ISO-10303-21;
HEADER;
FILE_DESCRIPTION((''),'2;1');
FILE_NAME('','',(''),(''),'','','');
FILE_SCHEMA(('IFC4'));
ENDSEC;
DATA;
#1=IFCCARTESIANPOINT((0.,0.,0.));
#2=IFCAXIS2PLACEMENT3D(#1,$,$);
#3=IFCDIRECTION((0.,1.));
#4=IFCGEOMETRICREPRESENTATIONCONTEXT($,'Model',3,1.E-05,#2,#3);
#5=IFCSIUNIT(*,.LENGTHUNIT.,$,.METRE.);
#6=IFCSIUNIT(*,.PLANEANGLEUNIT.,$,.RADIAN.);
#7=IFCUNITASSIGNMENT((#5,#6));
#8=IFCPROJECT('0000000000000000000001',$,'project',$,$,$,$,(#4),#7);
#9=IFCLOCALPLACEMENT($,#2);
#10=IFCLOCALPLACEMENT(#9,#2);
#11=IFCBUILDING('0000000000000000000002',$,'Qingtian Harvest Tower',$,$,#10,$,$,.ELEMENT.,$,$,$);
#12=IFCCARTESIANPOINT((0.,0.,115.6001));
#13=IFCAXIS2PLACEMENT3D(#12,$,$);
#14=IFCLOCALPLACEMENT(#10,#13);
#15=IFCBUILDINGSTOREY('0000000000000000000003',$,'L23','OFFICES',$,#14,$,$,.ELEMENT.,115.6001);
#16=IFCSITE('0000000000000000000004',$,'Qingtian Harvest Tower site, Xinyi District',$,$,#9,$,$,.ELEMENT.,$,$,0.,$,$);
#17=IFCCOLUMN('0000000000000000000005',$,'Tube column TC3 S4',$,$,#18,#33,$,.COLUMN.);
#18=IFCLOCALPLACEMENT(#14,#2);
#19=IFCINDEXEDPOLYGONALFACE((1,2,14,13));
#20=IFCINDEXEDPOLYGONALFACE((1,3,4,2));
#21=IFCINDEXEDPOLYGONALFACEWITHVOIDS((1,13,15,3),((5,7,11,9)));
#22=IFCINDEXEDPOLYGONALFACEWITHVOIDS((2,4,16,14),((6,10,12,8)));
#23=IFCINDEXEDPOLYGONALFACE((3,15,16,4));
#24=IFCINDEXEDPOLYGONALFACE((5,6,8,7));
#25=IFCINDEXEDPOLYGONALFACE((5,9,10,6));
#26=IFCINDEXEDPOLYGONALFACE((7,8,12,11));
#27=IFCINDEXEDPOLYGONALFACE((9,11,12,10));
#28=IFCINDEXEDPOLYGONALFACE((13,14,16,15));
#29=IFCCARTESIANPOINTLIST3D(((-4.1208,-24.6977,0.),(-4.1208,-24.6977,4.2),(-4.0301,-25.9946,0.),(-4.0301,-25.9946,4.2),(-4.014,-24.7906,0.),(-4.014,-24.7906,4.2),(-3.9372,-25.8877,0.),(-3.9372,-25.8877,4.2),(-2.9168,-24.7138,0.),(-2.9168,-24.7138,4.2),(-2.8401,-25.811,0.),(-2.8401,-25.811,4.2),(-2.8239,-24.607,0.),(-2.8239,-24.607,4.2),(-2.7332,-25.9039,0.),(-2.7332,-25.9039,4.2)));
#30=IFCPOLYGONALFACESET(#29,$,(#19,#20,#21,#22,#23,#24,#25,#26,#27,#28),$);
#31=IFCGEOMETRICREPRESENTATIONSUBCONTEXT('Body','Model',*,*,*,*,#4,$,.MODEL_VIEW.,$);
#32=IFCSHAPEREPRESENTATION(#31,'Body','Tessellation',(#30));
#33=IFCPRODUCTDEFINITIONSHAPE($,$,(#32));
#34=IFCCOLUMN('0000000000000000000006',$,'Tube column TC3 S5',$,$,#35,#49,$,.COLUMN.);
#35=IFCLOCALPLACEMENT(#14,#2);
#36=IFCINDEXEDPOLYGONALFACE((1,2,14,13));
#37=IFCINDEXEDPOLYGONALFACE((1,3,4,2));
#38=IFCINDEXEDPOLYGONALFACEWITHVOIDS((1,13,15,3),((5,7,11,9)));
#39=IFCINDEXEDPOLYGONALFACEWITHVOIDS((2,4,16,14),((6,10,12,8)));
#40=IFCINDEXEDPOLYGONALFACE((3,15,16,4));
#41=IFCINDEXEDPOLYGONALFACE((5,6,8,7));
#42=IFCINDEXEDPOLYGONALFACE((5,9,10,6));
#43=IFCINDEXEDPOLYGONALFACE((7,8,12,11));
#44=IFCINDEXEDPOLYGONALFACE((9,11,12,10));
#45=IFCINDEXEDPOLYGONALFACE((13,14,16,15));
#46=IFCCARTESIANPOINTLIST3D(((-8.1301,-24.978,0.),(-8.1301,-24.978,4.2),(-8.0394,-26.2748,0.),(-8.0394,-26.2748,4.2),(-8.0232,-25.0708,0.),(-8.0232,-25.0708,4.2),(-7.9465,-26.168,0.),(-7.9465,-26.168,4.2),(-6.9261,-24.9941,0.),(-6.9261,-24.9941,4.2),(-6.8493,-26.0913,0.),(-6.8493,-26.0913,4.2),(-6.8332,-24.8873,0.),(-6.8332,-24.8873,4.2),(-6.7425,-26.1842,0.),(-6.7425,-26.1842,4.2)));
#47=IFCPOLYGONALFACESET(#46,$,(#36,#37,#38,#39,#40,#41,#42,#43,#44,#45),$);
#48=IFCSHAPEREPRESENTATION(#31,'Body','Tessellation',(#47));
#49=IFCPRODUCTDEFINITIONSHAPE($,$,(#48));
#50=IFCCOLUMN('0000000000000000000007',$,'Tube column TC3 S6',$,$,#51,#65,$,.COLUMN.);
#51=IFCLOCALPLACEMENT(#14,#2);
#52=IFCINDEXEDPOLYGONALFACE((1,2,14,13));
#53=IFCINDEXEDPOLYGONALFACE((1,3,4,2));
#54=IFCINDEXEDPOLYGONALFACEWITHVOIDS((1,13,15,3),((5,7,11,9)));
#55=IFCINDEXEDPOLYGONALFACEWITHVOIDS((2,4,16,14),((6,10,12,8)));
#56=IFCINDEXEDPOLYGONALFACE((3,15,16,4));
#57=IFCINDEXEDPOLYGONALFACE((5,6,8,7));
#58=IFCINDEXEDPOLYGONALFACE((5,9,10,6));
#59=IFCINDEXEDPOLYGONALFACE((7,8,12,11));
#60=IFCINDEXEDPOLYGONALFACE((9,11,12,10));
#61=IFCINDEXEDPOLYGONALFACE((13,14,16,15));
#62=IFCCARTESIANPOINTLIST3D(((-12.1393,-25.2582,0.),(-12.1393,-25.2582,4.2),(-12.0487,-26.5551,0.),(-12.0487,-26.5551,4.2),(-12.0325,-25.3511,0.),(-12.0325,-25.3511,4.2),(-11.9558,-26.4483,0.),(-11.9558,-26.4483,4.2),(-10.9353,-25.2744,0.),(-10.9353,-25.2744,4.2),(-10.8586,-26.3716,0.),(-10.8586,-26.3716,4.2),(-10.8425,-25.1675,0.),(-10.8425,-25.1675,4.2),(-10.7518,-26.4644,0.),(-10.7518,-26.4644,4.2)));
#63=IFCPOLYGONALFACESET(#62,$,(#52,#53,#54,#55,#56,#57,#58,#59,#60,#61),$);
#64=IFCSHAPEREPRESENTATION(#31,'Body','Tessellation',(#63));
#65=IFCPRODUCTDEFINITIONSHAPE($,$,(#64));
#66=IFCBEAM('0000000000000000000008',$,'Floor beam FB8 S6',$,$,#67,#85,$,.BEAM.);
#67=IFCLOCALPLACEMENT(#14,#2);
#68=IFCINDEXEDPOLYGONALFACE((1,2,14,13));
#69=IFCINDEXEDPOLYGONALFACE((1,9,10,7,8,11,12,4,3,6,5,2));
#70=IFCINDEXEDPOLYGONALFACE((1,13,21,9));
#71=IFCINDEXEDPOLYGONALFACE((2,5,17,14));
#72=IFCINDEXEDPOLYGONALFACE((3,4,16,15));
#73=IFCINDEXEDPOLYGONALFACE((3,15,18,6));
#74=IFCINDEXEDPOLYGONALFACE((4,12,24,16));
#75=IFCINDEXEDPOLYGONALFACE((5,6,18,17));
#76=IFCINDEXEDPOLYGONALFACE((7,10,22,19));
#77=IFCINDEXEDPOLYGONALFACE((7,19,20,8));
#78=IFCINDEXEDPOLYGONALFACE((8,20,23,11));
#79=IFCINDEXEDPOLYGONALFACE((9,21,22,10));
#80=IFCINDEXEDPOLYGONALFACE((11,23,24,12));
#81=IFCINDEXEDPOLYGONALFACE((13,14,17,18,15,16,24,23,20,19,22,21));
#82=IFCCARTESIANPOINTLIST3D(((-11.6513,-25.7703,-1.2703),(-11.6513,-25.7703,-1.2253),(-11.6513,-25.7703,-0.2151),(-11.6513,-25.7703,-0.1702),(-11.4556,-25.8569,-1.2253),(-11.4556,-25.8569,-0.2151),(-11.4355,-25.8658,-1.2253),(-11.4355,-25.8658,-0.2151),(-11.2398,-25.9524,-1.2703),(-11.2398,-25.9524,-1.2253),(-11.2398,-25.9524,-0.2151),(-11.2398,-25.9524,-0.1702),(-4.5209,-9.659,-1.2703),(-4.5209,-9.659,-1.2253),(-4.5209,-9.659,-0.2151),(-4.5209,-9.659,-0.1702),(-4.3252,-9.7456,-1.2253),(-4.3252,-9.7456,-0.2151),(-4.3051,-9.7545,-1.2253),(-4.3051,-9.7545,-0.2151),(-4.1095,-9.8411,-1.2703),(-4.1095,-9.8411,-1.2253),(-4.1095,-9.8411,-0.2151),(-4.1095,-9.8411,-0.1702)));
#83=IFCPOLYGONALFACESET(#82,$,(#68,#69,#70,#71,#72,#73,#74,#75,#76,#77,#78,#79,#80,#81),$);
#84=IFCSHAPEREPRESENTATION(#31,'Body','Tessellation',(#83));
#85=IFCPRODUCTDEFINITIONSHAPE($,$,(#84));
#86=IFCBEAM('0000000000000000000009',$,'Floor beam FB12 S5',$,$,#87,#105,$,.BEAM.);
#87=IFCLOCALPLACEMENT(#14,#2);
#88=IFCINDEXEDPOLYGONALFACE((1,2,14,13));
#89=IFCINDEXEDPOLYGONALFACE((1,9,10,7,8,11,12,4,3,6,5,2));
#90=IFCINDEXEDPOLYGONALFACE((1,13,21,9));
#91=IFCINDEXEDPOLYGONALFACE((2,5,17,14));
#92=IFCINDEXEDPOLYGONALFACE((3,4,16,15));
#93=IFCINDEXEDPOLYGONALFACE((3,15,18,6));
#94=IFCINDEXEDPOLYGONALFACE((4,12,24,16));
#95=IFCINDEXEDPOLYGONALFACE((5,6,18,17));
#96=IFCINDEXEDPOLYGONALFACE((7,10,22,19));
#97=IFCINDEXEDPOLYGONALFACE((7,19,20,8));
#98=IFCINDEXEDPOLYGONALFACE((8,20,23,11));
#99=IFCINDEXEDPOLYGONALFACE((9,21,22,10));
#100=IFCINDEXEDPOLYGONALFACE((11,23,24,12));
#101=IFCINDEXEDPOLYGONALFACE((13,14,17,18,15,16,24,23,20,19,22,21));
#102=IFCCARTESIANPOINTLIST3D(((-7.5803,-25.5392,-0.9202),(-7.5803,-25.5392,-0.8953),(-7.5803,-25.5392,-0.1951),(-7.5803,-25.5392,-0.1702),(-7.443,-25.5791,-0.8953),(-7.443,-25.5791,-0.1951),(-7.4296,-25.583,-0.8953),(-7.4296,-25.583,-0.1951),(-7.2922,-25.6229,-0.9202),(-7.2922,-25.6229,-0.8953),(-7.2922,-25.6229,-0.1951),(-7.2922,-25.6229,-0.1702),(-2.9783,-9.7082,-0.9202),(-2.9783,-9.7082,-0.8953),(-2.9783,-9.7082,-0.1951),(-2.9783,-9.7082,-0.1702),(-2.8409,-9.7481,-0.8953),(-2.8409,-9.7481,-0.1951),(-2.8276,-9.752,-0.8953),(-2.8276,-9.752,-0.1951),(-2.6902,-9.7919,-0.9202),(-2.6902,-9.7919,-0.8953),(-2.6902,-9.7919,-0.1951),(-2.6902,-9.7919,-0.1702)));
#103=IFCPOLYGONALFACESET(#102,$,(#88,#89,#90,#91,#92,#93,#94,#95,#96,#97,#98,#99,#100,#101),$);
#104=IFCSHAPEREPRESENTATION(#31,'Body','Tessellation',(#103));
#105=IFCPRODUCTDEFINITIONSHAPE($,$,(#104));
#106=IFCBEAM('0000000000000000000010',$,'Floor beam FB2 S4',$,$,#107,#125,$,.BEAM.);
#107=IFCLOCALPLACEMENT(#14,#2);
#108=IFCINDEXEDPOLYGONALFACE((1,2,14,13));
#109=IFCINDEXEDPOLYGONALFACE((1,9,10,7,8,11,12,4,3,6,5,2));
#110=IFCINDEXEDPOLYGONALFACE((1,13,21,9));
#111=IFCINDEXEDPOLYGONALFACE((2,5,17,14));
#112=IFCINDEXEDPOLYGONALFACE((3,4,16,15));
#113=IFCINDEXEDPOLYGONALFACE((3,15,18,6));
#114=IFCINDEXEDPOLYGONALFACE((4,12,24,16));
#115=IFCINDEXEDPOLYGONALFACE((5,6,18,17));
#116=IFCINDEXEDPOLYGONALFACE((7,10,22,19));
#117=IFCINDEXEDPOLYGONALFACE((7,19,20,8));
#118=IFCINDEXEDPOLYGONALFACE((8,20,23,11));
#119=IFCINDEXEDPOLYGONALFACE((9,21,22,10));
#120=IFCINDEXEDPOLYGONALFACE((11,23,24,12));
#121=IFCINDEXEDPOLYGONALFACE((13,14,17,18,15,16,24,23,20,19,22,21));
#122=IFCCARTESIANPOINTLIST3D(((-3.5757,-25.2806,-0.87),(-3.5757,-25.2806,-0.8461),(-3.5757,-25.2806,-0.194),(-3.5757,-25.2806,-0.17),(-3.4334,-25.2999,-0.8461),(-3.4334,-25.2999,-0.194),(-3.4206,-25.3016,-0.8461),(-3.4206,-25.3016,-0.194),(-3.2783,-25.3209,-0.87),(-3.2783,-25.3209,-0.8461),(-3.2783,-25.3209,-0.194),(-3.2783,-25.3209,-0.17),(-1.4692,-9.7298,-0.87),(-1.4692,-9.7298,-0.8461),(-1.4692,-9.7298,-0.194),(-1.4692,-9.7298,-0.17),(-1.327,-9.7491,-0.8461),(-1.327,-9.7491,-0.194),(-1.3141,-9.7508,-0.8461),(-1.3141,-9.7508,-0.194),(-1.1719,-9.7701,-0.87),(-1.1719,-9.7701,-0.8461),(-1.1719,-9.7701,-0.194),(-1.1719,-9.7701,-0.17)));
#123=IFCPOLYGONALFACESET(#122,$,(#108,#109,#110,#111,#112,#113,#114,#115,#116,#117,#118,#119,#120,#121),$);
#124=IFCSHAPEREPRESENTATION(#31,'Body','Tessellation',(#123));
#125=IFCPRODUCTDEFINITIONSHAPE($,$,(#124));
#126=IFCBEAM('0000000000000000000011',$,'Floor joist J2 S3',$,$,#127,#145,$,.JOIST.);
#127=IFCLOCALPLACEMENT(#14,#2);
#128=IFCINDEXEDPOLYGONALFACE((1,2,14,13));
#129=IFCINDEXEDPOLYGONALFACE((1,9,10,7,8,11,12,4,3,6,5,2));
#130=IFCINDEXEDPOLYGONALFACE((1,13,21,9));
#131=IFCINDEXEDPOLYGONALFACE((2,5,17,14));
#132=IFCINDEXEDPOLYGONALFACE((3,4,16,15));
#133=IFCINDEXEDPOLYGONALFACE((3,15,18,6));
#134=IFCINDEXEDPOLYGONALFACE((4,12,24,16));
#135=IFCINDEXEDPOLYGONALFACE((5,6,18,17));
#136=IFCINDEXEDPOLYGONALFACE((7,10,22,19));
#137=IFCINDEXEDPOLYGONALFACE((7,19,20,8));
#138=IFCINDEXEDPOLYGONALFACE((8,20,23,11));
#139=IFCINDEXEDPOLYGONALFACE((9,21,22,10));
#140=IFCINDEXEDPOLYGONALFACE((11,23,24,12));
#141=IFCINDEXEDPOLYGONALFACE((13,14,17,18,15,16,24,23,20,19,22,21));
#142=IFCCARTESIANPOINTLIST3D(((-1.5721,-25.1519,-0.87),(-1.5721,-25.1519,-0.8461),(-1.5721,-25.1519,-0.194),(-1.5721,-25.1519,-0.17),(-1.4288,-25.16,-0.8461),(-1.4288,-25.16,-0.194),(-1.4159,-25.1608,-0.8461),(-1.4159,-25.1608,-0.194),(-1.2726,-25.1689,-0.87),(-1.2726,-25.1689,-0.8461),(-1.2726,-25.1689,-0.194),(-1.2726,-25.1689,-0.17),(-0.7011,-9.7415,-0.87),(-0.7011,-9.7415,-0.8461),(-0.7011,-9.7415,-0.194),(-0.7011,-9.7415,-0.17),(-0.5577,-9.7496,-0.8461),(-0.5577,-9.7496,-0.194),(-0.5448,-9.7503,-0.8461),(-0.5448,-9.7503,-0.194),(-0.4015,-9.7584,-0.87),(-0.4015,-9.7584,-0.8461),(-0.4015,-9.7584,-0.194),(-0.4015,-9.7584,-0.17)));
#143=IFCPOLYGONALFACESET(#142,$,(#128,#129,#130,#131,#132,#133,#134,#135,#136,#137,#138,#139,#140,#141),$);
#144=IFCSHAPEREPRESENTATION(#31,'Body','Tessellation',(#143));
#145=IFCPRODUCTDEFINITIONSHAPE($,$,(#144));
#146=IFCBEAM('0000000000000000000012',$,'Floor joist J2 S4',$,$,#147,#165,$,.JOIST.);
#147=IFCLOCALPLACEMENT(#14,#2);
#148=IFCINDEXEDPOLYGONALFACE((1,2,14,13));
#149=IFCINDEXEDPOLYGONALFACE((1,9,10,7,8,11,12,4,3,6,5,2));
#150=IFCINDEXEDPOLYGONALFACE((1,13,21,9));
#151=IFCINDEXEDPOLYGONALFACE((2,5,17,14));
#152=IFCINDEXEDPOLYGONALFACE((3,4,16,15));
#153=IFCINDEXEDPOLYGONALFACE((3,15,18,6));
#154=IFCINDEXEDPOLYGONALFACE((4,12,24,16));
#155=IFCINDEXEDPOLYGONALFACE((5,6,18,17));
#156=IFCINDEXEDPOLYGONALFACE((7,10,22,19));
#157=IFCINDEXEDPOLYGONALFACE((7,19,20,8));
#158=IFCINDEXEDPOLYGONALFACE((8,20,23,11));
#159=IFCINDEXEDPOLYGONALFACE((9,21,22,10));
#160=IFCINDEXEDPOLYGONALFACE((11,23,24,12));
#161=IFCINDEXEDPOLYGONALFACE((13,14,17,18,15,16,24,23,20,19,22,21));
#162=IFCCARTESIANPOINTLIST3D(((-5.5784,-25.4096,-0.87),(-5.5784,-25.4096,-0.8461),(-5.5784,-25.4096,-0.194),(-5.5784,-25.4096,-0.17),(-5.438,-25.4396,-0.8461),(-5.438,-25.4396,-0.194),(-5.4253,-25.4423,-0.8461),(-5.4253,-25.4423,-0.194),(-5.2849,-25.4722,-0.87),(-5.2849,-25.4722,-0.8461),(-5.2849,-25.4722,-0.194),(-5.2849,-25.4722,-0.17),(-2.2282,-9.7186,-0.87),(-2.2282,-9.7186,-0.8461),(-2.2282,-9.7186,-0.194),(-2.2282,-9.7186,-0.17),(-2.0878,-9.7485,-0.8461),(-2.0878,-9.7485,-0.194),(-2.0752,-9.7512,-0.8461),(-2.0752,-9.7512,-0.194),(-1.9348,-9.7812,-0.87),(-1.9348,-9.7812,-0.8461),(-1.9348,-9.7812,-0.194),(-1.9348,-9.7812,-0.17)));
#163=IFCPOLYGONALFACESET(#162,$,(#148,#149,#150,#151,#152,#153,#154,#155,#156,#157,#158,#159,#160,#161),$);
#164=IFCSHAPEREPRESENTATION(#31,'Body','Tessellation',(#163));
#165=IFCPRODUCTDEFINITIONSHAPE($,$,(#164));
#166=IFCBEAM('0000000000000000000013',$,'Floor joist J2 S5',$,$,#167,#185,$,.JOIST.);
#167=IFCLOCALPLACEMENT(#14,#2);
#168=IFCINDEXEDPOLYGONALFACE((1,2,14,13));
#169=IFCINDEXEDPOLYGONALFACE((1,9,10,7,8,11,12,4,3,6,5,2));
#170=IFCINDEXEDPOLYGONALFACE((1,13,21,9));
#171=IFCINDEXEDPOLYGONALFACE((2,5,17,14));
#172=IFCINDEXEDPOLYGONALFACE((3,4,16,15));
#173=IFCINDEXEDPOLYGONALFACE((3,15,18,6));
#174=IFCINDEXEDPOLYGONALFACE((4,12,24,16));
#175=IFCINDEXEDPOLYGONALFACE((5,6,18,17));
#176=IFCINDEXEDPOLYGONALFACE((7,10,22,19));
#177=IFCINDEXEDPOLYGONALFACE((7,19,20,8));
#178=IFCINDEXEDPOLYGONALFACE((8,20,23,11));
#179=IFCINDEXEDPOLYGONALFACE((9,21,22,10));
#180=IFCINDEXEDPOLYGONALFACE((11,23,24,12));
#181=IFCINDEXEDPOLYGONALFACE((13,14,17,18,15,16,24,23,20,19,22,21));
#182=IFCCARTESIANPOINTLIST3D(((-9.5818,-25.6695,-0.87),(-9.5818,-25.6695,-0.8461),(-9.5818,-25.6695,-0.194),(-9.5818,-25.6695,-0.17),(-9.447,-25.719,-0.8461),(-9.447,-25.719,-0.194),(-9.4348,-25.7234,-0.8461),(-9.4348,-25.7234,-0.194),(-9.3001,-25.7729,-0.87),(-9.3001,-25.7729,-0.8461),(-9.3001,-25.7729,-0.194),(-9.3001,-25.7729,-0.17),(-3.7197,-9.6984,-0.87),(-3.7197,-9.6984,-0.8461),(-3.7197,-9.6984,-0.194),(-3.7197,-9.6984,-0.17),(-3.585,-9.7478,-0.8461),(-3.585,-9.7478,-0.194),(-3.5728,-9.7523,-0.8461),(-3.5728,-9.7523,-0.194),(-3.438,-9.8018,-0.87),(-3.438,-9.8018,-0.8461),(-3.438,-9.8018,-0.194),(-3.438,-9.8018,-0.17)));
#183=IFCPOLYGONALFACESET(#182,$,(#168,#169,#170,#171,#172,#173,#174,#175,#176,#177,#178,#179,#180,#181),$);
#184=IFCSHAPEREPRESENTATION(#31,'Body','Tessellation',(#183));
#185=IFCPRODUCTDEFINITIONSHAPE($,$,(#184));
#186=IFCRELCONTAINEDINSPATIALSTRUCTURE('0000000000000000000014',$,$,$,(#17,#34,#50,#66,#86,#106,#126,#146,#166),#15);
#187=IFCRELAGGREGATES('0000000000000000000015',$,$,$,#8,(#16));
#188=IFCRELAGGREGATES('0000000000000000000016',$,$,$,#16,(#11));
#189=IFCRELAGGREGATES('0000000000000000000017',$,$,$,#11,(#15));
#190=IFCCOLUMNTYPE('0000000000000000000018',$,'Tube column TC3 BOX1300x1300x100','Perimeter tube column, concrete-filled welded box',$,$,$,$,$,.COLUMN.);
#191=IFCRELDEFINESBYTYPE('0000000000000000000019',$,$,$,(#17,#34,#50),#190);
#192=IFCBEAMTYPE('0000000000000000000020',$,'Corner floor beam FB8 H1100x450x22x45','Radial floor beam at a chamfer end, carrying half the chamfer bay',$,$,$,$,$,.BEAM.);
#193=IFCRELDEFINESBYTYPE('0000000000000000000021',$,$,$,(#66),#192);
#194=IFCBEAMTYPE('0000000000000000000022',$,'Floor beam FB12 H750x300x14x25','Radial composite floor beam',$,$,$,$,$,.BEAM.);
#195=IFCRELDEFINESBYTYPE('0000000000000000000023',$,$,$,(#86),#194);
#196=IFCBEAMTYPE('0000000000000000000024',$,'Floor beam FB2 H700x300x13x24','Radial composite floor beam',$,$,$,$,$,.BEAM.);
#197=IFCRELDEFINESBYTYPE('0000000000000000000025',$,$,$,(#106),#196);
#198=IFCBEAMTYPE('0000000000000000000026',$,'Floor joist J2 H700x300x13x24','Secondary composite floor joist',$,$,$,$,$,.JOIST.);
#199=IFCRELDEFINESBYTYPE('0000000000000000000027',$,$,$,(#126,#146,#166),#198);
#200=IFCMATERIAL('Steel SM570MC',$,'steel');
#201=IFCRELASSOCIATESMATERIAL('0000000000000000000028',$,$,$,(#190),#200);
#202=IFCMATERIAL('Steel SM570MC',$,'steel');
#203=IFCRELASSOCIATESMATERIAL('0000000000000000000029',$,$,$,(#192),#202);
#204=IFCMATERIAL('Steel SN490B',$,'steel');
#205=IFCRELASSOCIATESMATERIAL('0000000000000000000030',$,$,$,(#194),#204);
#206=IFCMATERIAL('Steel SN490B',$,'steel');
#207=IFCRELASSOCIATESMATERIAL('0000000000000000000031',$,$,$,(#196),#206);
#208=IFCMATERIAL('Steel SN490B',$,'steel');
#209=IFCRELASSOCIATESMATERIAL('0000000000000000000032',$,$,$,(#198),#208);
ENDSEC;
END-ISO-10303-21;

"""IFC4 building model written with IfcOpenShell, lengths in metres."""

from ifc_helpers import new_model, si_unit, direction, frame, origin, origin_2d, place, context, subcontext, project, spatial, hollow_rectangle, i_section, extrude, material, material_profile, profile_set, type_object, element, save


model = new_model("IFC4")

# Units and contexts
model_context = context("Model", 3, precision=1e-05, world=origin(), true_north=direction((0.0, 1.0)))
body_context = subcontext(model_context, "Body", "Model", "MODEL_VIEW")
ifc_project = project(units=[si_unit("LENGTHUNIT", "METRE"), si_unit("PLANEANGLEUNIT", "RADIAN")], contexts=[model_context])

# Site, building, storey
site_placement = place(None, origin())
site = spatial("IfcSite", under=ifc_project, at=site_placement, Name="Qingtian Harvest Tower site, Xinyi District", CompositionType="ELEMENT", RefElevation=0.0)
building_placement = place(site_placement, origin())
building = spatial("IfcBuilding", under=site, at=building_placement, Name="Qingtian Harvest Tower", CompositionType="ELEMENT")
storey_placement = place(building_placement, frame((0.0, 0.0, 115.6001)))
storey = spatial("IfcBuildingStorey", under=building, at=storey_placement, Name="L23", Description="OFFICES", CompositionType="ELEMENT", Elevation=115.6001)

# Columns
ifc_material_1 = material(Name="Steel SM570MC", Category="steel")
ifc_material_profile_1 = material_profile(ifc_material_1, hollow_rectangle(XDim=1.3, YDim=1.3, WallThickness=0.1001, at=origin_2d()), Name="BOX1300x1300x100")
ifc_profile_set_1 = profile_set([ifc_material_profile_1], Name="Steel SM570MC")
column_type = type_object("IfcColumnType", Name="Tube column TC3 BOX1300x1300x100", Description="Perimeter tube column, concrete-filled welded box", PredefinedType="COLUMN", material=ifc_profile_set_1)
for number, where, z_axis, x_axis, name in (
    (1, (-3.427, -25.3008, 0.0), (0.0, 0.0, 1.0), (0.997564, 0.069756, 0.0), "Tube column TC3 S4"),
    (2, (-7.4363, -25.5811, 0.0), (0.0, 0.0, 1.0), (0.997564, 0.069756, 0.0), "Tube column TC3 S5"),
    (3, (-11.4456, -25.8613, 0.0), (0.0, 0.0, 1.0), (0.997564, 0.069756, 0.0), "Tube column TC3 S6"),
):
    element("IfcColumn", number, at=place(storey_placement, frame(where, z_axis=z_axis, x_axis=x_axis)), inside=storey, type_object=column_type, Name=name, PredefinedType="COLUMN", context=body_context, shape_type="SweptSolid", body=[
        extrude(hollow_rectangle(XDim=1.3, YDim=1.3, WallThickness=0.1001, at=origin_2d()), origin(), (0.0, 0.0, 1.0), 4.2),
    ])

# Beams
ifc_material_2 = material(Name="Steel SM570MC", Category="steel")
ifc_material_profile_2 = material_profile(ifc_material_2, i_section(OverallWidth=0.45, OverallDepth=1.1001, WebThickness=0.022, FlangeThickness=0.0449, at=origin_2d()), Name="H1100x450x22x45")
ifc_profile_set_2 = profile_set([ifc_material_profile_2], Name="Steel SM570MC")
beam_type_1 = type_object("IfcBeamType", Name="Corner floor beam FB8 H1100x450x22x45", Description="Radial floor beam at a chamfer end, carrying half the chamfer bay", PredefinedType="BEAM", material=ifc_profile_set_2)
beam_1_placement = place(storey_placement, frame((-11.4456, -25.8613, -0.7202), z_axis=(0.404706, 0.914447, 0.0), x_axis=(-0.914447, 0.404706, 0.0)))
element("IfcBeam", 4, at=beam_1_placement, inside=storey, type_object=beam_type_1, Name="Floor beam FB8 S6", PredefinedType="BEAM", context=body_context, shape_type="SweptSolid", body=[
    extrude(i_section(OverallWidth=0.45, OverallDepth=1.1001, WebThickness=0.022, FlangeThickness=0.0449, at=origin_2d()), origin(), (0.0, 0.0, 1.0), 17.6187),
])
ifc_material_3 = material(Name="Steel SN490B", Category="steel")
ifc_material_profile_3 = material_profile(ifc_material_3, i_section(OverallWidth=0.3, OverallDepth=0.75, WebThickness=0.0139, FlangeThickness=0.0249, at=origin_2d()), Name="H750x300x14x25")
ifc_profile_set_3 = profile_set([ifc_material_profile_3], Name="Steel SN490B")
beam_type_2 = type_object("IfcBeamType", Name="Floor beam FB12 H750x300x14x25", Description="Radial composite floor beam", PredefinedType="BEAM", material=ifc_profile_set_3)
beam_2_placement = place(storey_placement, frame((-7.4363, -25.5811, -0.5452), z_axis=(0.279142, 0.96025, 0.0), x_axis=(-0.96025, 0.279142, 0.0)))
element("IfcBeam", 5, at=beam_2_placement, inside=storey, type_object=beam_type_2, Name="Floor beam FB12 S5", PredefinedType="BEAM", context=body_context, shape_type="SweptSolid", body=[
    extrude(i_section(OverallWidth=0.3, OverallDepth=0.75, WebThickness=0.0139, FlangeThickness=0.0249, at=origin_2d()), origin(), (0.0, 0.0, 1.0), 16.4863),
])
ifc_material_4 = material(Name="Steel SN490B", Category="steel")
ifc_material_profile_4 = material_profile(ifc_material_4, i_section(OverallWidth=0.3, OverallDepth=0.7, WebThickness=0.0129, FlangeThickness=0.0239, at=origin_2d()), Name="H700x300x13x24")
ifc_profile_set_4 = profile_set([ifc_material_profile_4], Name="Steel SN490B")
beam_type_3 = type_object("IfcBeamType", Name="Floor beam FB2 H700x300x13x24", Description="Radial composite floor beam", PredefinedType="BEAM", material=ifc_profile_set_4)
beam_3_placement = place(storey_placement, frame((-3.427, -25.3008, -0.52), z_axis=(0.13423, 0.99095, 0.0), x_axis=(-0.99095, 0.13423, 0.0)))
element("IfcBeam", 6, at=beam_3_placement, inside=storey, type_object=beam_type_3, Name="Floor beam FB2 S4", PredefinedType="BEAM", context=body_context, shape_type="SweptSolid", body=[
    extrude(i_section(OverallWidth=0.3, OverallDepth=0.7, WebThickness=0.0129, FlangeThickness=0.0239, at=origin_2d()), origin(), (0.0, 0.0, 1.0), 15.6929),
])
ifc_material_5 = material(Name="Steel SN490B", Category="steel")
ifc_material_profile_5 = material_profile(ifc_material_5, i_section(OverallWidth=0.3, OverallDepth=0.7, WebThickness=0.0129, FlangeThickness=0.0239, at=origin_2d()), Name="H700x300x13x24")
ifc_profile_set_5 = profile_set([ifc_material_profile_5], Name="Steel SN490B")
beam_type_4 = type_object("IfcBeamType", Name="Floor joist J2 H700x300x13x24", Description="Secondary composite floor joist", PredefinedType="JOIST", material=ifc_profile_set_5)
beam_4_placement = place(storey_placement, frame((-1.4224, -25.1604, -0.52), z_axis=(0.056436, 0.998406, 0.0), x_axis=(-0.998406, 0.056436, 0.0)))
element("IfcBeam", 7, at=beam_4_placement, inside=storey, type_object=beam_type_4, Name="Floor joist J2 S3", PredefinedType="JOIST", context=body_context, shape_type="SweptSolid", body=[
    extrude(i_section(OverallWidth=0.3, OverallDepth=0.7, WebThickness=0.0129, FlangeThickness=0.0239, at=origin_2d()), origin(), (0.0, 0.0, 1.0), 15.4351),
])
beam_5_placement = place(storey_placement, frame((-5.4316, -25.4409, -0.52), z_axis=(0.2088, 0.977958, 0.0), x_axis=(-0.977958, 0.2088, 0.0)))
element("IfcBeam", 8, at=beam_5_placement, inside=storey, type_object=beam_type_4, Name="Floor joist J2 S4", PredefinedType="JOIST", context=body_context, shape_type="SweptSolid", body=[
    extrude(i_section(OverallWidth=0.3, OverallDepth=0.7, WebThickness=0.0129, FlangeThickness=0.0239, at=origin_2d()), origin(), (0.0, 0.0, 1.0), 16.0447),
])
beam_6_placement = place(storey_placement, frame((-9.4409, -25.7212, -0.52), z_axis=(0.344563, 0.938763, 0.0), x_axis=(-0.938763, 0.344563, 0.0)))
element("IfcBeam", 9, at=beam_6_placement, inside=storey, type_object=beam_type_4, Name="Floor joist J2 S5", PredefinedType="JOIST", context=body_context, shape_type="SweptSolid", body=[
    extrude(i_section(OverallWidth=0.3, OverallDepth=0.7, WebThickness=0.0129, FlangeThickness=0.0239, at=origin_2d()), origin(), (0.0, 0.0, 1.0), 17.0129),
])

save(model, "model.ifc")
